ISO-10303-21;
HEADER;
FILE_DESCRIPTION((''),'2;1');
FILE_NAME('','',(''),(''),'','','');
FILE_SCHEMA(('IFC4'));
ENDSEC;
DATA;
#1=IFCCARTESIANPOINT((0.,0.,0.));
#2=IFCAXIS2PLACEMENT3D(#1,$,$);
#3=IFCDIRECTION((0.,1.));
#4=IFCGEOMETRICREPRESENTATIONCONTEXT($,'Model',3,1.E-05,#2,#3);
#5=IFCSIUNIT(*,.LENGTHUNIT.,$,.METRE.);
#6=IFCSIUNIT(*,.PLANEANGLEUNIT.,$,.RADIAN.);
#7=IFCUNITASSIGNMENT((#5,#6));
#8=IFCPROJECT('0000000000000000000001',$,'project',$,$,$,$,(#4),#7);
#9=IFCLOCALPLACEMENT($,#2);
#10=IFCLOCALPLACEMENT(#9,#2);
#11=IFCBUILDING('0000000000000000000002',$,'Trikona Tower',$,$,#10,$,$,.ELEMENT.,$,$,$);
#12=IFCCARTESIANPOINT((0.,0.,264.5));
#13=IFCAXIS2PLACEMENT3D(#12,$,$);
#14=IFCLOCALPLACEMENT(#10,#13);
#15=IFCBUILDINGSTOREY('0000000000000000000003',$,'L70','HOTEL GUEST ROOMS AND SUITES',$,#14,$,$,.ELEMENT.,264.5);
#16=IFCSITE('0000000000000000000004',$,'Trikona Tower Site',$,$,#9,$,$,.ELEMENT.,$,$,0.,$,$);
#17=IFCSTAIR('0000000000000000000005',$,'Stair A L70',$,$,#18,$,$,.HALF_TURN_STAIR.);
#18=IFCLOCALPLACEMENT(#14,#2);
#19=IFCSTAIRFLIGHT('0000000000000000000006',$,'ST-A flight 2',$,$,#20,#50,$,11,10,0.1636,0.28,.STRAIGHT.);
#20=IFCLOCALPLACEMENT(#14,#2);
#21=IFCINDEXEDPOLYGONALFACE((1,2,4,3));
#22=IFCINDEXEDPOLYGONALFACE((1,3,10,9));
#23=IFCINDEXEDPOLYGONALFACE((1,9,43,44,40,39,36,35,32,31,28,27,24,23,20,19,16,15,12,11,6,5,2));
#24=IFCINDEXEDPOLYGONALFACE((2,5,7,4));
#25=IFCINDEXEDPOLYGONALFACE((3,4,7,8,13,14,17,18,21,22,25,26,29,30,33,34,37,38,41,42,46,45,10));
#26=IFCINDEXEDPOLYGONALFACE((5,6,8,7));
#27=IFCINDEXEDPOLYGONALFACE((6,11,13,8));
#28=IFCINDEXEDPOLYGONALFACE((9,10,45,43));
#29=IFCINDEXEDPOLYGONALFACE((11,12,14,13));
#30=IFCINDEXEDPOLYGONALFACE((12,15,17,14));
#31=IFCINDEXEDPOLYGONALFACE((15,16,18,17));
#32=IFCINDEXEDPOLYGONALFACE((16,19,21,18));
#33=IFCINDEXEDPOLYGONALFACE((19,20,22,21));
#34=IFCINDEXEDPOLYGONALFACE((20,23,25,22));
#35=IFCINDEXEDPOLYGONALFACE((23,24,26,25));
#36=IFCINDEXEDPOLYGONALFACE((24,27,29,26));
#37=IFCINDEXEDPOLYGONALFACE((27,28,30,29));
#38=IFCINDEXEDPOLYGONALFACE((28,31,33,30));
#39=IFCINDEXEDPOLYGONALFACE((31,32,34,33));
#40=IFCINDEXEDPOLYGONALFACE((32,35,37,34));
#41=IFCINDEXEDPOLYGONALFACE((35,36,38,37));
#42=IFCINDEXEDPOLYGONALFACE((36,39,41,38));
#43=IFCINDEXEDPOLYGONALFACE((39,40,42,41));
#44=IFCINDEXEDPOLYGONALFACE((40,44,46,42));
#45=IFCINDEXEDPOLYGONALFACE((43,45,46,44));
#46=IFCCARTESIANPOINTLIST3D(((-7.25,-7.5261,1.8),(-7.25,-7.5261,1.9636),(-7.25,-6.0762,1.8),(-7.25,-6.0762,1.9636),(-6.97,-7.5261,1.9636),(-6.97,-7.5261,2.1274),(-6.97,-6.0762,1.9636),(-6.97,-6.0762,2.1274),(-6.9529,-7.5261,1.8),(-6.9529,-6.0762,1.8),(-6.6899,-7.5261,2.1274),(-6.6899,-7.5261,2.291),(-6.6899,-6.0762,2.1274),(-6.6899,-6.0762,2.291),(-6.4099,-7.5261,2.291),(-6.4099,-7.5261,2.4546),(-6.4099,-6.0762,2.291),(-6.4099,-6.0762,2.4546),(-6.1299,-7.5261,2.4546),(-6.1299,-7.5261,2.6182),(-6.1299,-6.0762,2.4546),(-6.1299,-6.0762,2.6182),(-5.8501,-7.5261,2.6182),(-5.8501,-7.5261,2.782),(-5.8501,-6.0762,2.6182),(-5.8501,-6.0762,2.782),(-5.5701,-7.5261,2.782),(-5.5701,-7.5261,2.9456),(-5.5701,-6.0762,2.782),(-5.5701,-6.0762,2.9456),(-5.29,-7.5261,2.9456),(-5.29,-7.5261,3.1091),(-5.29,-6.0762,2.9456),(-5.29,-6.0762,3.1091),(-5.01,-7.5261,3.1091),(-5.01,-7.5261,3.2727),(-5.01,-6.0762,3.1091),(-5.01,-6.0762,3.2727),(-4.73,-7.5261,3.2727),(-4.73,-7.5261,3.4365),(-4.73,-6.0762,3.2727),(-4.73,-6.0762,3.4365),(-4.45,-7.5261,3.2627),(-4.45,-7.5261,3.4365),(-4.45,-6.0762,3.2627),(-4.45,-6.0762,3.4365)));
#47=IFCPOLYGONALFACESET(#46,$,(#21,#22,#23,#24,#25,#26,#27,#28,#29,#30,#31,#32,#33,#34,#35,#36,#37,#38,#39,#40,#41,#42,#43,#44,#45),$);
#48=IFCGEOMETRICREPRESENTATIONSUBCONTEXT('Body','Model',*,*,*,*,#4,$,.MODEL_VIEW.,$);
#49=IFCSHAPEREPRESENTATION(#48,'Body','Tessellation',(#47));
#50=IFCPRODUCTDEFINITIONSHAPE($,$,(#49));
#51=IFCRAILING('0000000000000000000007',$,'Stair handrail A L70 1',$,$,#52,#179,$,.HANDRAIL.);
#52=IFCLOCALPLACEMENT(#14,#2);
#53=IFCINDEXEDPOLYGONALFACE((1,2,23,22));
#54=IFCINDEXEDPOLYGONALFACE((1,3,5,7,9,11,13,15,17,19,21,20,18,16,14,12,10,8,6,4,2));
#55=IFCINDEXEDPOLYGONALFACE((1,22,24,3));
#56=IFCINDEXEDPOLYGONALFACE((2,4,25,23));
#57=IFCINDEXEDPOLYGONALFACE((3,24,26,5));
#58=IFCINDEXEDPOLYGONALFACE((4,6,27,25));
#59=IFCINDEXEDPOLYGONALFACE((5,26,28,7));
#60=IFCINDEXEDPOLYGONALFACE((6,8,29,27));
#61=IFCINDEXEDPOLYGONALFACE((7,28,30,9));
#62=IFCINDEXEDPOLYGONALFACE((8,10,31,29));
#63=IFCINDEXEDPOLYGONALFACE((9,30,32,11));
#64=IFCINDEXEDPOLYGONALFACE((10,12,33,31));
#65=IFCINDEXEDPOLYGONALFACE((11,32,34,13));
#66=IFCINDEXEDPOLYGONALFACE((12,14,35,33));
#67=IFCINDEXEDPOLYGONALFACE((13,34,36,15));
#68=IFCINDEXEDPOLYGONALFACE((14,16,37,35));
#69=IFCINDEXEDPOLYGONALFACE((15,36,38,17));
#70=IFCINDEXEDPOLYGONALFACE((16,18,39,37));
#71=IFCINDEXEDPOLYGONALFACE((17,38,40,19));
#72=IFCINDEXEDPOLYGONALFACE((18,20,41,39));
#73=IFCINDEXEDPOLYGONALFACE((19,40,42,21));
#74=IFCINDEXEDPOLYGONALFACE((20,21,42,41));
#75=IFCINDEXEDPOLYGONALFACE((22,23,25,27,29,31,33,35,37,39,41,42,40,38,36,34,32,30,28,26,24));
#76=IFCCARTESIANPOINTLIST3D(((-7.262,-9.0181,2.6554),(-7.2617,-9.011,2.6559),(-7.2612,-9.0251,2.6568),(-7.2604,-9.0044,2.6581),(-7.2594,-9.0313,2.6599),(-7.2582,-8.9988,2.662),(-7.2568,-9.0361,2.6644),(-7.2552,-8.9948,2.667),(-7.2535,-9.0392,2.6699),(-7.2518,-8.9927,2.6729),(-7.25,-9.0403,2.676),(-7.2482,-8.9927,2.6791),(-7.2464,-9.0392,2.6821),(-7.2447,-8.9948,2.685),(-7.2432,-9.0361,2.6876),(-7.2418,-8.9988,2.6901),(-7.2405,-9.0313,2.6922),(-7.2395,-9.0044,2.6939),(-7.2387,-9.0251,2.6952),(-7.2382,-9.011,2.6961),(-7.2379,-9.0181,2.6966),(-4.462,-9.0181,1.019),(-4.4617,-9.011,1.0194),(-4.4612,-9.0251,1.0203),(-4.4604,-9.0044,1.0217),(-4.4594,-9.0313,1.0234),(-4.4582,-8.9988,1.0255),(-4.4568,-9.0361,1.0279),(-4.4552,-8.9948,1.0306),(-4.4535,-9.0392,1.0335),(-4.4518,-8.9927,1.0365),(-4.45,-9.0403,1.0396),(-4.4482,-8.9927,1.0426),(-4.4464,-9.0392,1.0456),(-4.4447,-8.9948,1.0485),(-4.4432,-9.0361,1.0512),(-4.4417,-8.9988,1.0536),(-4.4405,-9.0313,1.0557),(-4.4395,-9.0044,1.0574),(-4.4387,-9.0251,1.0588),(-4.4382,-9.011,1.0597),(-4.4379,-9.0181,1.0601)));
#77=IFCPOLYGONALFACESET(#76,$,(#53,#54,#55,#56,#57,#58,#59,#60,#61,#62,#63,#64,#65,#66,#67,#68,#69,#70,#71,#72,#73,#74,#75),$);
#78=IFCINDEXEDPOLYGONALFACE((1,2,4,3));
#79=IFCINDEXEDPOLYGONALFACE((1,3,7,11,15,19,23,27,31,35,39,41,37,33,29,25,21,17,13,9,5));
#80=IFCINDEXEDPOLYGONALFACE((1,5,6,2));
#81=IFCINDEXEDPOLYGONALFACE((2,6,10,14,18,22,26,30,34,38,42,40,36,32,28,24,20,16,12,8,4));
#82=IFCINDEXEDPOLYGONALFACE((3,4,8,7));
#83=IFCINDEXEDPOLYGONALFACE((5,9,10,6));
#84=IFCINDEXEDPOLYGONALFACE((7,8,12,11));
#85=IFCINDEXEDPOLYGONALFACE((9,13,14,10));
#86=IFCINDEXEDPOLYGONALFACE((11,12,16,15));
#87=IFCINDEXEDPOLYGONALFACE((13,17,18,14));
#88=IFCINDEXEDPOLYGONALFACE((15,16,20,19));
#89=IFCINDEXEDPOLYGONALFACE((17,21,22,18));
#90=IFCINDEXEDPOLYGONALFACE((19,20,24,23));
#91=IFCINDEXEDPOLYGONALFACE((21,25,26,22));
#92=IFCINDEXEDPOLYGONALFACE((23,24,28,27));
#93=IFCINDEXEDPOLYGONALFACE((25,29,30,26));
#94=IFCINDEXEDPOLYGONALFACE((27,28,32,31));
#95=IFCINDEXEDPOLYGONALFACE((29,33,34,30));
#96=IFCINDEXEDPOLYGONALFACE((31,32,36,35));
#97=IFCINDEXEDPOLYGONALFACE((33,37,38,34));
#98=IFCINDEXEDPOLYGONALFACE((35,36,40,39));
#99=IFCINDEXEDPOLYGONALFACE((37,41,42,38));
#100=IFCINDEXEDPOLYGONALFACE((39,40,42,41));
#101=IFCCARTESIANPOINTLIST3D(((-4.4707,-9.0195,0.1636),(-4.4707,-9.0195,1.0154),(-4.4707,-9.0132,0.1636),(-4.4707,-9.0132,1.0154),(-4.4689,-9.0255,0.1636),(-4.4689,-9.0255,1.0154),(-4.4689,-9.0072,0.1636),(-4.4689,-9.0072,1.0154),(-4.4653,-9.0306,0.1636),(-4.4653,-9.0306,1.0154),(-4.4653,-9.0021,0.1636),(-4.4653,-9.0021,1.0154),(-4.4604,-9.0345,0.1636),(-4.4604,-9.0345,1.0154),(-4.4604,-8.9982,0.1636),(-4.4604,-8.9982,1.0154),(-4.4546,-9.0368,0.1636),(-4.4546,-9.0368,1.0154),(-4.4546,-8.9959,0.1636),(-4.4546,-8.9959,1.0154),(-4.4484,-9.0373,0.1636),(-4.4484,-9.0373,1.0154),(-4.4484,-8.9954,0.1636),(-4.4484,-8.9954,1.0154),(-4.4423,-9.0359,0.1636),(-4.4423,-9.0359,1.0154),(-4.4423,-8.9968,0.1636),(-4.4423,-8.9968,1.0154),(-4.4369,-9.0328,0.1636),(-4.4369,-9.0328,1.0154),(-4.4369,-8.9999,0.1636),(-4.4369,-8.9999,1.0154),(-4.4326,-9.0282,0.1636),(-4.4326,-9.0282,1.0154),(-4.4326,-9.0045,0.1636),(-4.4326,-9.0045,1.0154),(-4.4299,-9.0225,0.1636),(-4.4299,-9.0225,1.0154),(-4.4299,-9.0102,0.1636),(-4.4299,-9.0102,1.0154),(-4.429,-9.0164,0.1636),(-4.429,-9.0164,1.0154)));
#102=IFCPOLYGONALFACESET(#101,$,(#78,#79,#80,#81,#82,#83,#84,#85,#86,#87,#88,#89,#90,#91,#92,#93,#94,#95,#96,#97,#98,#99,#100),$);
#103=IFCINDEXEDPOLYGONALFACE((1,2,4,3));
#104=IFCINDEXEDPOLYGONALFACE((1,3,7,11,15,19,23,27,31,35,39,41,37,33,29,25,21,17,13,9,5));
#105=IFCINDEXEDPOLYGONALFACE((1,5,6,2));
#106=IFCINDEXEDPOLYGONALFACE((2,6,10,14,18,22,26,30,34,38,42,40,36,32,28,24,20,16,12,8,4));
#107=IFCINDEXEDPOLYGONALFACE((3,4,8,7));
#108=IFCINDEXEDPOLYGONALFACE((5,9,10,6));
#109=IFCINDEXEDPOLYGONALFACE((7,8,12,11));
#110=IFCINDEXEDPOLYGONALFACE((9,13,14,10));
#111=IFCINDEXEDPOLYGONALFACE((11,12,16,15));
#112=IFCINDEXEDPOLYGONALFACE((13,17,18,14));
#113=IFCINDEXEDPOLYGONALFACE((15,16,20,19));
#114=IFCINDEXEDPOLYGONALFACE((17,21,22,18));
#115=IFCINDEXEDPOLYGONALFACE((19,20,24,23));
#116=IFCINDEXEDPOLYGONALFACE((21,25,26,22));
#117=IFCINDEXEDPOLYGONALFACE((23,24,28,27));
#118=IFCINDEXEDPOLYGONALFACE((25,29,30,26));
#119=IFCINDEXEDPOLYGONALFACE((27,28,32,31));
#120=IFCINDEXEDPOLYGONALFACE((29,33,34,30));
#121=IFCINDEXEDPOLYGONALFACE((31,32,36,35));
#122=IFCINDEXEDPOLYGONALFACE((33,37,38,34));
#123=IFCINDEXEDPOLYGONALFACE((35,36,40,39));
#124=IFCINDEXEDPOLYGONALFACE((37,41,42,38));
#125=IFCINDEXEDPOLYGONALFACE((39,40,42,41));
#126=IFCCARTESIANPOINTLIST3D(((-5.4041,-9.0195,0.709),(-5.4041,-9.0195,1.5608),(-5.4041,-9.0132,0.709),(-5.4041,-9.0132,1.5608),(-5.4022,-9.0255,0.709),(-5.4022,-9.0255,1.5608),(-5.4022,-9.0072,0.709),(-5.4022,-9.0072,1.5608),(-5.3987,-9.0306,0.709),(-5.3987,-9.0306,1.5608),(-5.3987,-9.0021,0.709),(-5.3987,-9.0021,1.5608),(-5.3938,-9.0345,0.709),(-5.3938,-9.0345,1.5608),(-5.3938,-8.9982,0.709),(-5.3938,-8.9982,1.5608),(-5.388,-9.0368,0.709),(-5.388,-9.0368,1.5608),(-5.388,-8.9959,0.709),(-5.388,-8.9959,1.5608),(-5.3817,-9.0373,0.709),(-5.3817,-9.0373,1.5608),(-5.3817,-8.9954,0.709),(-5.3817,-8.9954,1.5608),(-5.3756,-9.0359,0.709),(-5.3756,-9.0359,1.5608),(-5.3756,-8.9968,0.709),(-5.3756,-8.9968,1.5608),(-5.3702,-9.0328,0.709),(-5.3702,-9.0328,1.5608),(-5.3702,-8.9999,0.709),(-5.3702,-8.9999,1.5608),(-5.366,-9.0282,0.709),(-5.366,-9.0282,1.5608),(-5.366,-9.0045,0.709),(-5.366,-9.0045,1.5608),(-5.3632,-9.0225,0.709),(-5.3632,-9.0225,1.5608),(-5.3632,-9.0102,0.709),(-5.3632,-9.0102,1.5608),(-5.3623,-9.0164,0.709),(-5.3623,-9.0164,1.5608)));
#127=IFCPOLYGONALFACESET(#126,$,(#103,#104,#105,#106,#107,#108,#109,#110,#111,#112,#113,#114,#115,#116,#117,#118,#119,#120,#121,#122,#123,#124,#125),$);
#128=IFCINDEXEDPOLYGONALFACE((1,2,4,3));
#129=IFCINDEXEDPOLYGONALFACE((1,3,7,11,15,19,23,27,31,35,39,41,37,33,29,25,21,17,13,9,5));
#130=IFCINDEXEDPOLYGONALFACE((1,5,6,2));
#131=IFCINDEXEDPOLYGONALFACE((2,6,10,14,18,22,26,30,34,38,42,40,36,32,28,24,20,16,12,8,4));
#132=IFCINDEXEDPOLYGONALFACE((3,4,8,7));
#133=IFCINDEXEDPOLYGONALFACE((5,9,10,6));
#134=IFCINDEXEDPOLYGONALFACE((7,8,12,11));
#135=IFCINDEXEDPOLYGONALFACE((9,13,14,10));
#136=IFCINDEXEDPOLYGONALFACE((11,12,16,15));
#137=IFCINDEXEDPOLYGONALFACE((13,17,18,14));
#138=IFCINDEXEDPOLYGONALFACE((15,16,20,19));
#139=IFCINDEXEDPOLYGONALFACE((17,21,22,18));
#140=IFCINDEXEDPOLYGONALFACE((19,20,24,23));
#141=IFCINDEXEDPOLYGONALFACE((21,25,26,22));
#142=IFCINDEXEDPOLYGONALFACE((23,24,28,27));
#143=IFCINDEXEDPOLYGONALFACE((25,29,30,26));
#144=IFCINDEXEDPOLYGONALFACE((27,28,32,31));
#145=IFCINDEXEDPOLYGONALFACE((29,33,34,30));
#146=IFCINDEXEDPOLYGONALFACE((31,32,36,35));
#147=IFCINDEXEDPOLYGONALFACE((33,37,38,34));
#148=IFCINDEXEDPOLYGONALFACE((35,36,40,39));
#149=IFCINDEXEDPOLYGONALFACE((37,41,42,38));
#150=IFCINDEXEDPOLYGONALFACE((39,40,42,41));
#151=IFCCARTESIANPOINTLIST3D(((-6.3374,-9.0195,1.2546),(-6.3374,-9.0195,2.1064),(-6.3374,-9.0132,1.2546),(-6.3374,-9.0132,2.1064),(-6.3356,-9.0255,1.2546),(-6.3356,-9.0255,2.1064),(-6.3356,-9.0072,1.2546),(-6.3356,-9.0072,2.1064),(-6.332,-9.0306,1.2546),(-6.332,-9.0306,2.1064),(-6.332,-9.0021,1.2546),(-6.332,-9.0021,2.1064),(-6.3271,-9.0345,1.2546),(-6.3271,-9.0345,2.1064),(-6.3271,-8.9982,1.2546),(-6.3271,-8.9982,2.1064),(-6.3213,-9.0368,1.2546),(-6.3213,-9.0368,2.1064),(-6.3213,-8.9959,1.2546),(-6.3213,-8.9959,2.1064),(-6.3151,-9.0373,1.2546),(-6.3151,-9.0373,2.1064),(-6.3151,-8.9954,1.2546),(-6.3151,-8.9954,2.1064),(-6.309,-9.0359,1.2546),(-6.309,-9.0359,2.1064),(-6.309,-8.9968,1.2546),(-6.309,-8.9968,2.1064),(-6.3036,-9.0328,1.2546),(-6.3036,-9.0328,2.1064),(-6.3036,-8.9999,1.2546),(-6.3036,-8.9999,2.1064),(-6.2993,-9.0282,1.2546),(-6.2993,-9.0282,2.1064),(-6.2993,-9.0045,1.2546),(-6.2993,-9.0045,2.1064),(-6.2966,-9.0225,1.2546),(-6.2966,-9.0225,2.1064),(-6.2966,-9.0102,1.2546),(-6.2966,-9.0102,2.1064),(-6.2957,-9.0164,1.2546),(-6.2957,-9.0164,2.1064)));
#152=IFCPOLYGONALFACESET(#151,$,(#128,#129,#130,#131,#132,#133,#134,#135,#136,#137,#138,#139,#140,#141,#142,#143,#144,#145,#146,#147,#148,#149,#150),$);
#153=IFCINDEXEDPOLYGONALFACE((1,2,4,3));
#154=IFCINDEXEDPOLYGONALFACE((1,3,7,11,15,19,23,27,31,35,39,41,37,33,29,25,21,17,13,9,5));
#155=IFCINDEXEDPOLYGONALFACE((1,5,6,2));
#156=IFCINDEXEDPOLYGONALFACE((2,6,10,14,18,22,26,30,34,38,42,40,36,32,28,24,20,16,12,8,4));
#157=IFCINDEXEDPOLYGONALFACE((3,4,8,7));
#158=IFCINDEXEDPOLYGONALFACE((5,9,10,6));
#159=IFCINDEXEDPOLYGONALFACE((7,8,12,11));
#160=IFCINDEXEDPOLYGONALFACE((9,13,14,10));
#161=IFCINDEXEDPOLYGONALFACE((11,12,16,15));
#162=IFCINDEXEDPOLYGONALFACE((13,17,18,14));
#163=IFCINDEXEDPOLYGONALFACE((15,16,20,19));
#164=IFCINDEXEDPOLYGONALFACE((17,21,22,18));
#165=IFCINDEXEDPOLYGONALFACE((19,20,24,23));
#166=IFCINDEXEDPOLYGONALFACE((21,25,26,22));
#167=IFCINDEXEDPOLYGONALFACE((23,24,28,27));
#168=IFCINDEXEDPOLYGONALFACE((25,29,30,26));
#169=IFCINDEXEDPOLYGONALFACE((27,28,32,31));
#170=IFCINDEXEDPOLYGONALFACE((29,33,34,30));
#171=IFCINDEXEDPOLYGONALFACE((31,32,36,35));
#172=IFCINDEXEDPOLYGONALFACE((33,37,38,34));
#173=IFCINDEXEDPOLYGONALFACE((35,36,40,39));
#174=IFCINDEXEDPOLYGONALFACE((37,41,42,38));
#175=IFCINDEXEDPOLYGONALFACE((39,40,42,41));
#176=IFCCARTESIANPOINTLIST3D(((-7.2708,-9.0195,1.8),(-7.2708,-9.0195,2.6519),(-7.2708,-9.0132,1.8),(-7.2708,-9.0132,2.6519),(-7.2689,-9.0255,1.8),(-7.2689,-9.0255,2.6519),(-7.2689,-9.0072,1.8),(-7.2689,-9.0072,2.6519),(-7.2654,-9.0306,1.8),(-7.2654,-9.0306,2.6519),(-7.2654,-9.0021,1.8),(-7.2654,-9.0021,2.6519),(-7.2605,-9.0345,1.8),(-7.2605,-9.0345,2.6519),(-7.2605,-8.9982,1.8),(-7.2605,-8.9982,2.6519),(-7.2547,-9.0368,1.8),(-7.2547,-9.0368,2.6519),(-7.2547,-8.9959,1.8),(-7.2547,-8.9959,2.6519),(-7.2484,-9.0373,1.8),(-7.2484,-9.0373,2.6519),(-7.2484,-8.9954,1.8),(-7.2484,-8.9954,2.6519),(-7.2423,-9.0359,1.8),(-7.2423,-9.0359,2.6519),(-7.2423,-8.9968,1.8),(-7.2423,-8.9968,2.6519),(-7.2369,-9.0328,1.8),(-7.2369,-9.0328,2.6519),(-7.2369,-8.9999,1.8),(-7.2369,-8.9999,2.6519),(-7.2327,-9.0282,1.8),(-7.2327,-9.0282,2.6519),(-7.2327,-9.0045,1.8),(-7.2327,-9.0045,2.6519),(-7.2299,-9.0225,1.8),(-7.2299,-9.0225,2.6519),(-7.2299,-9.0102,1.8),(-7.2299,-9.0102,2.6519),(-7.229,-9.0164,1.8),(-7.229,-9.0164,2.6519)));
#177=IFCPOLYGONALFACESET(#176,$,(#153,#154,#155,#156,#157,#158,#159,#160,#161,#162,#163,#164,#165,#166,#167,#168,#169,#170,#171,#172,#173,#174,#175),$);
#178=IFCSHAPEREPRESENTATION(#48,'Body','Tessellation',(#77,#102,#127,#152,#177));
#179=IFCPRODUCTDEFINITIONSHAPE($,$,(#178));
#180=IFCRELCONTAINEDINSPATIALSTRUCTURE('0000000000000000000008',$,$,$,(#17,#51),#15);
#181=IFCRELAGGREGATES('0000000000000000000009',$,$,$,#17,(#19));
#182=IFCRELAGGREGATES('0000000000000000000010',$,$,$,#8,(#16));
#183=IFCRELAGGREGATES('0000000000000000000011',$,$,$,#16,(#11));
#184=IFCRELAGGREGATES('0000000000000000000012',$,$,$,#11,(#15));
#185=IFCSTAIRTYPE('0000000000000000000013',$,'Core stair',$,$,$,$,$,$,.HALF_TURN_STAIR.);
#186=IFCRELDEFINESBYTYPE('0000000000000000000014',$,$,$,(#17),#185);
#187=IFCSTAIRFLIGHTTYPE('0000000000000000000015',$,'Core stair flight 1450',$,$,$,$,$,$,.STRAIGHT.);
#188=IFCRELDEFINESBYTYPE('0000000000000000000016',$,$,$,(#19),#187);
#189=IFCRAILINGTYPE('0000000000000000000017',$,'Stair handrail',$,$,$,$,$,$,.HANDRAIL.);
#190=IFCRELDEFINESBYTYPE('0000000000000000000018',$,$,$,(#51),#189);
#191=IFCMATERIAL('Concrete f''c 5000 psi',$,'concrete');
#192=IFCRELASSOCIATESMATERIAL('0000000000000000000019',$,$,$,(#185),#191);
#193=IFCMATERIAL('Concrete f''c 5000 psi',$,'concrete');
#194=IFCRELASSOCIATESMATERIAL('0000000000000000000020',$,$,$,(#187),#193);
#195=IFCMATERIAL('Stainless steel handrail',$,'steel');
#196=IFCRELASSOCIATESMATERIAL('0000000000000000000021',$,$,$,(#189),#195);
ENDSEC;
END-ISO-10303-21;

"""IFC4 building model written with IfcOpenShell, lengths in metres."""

from ifc_helpers import new_model, si_unit, direction, frame, origin, origin_2d, place, context, subcontext, project, spatial, polyline, circle, outline, extrude, material, type_object, element, aggregate, save


model = new_model("IFC4")

# Units and contexts
model_context = context("Model", 3, precision=1e-05, world=origin(), true_north=direction((0.0, 1.0)))
body_context = subcontext(model_context, "Body", "Model", "MODEL_VIEW")
ifc_project = project(units=[si_unit("LENGTHUNIT", "METRE"), si_unit("PLANEANGLEUNIT", "RADIAN")], contexts=[model_context])

# Site, building, storey
site_placement = place(None, origin())
site = spatial("IfcSite", under=ifc_project, at=site_placement, Name="Trikona Tower Site", CompositionType="ELEMENT", RefElevation=0.0)
building_placement = place(site_placement, origin())
building = spatial("IfcBuilding", under=site, at=building_placement, Name="Trikona Tower", CompositionType="ELEMENT")
storey_placement = place(building_placement, frame((0.0, 0.0, 264.5)))
storey = spatial("IfcBuildingStorey", under=building, at=storey_placement, Name="L70", Description="HOTEL GUEST ROOMS AND SUITES", CompositionType="ELEMENT", Elevation=264.5)

# Stair, stair flight
ifc_material_1 = material(Name="Concrete f'c 5000 psi", Category="concrete")
stair_type = type_object("IfcStairType", Name="Core stair", PredefinedType="HALF_TURN_STAIR", material=ifc_material_1)
stair_placement = place(storey_placement, origin())
stair = element("IfcStair", 1, at=stair_placement, inside=storey, type_object=stair_type, Name="Stair A L70", PredefinedType="HALF_TURN_STAIR")
ifc_material_2 = material(Name="Concrete f'c 5000 psi", Category="concrete")
stair_flight_type = type_object("IfcStairFlightType", Name="Core stair flight 1450", PredefinedType="STRAIGHT", material=ifc_material_2)
stair_flight_1_placement = place(storey_placement, frame((-7.25, -6.8013, 1.8), z_axis=(0.0, 0.0, 1.0), x_axis=(1.0, 0.0, 0.0)))
stair_flight_1 = element("IfcStairFlight", 2, at=stair_flight_1_placement, type_object=stair_flight_type, Name="ST-A flight 2", NumberOfRisers=11, NumberOfTreads=10, PredefinedType="STRAIGHT", RiserHeight=0.1636, TreadLength=0.28, context=body_context, shape_type="SweptSolid", body=[
    extrude(outline(polyline([(0.0, 0.0), (0.0, 0.1636), (0.28, 0.1636), (0.28, 0.3274), (0.5601, 0.3274), (0.5601, 0.491), (0.8401, 0.491), (0.8401, 0.6545), (1.1201, 0.6545), (1.1201, 0.8181), (1.3999, 0.8181), (1.3999, 0.9819), (1.6799, 0.9819), (1.6799, 1.1455), (1.96, 1.1455), (1.96, 1.3091), (2.24, 1.3091), (2.24, 1.4727), (2.52, 1.4727), (2.52, 1.6365), (2.8, 1.6365), (2.8, 1.8), (2.8, 1.4626), (0.2971, 0.0), (0.0, 0.0)])), frame((0.0, 0.7251, 0.0), z_axis=(0.0, -1.0, 0.0), x_axis=(1.0, 0.0, 0.0)), (0.0, 0.0, 1.0), 1.45),
])
aggregate(stair, [stair_flight_1])

# Railing
ifc_material_3 = material(Name="Stainless steel handrail", Category="steel")
railing_type = type_object("IfcRailingType", Name="Stair handrail", PredefinedType="HANDRAIL", material=ifc_material_3)
railing_1_placement = place(storey_placement, frame((-4.45, -9.0164, 0.1636)))
element("IfcRailing", 3, at=railing_1_placement, inside=storey, type_object=railing_type, Name="Stair handrail A L70 1", PredefinedType="HANDRAIL", context=body_context, shape_type="SweptSolid", body=[
    extrude(circle(Radius=0.0239, at=origin_2d()), frame((0.0, 0.0, 0.876), z_axis=(-0.863361, 0.0, 0.504587), x_axis=(0.0, -1.0, 0.0)), (0.0, 0.0, 1.0), 3.2432),
    extrude(circle(Radius=0.021, at=origin_2d()), origin(), (0.0, 0.0, 1.0), 0.8518),
    extrude(circle(Radius=0.021, at=origin_2d()), frame((-0.9333, 0.0, 0.5454)), (0.0, 0.0, 1.0), 0.8518),
    extrude(circle(Radius=0.021, at=origin_2d()), frame((-1.8667, 0.0, 1.0911)), (0.0, 0.0, 1.0), 0.8518),
    extrude(circle(Radius=0.021, at=origin_2d()), frame((-2.8, 0.0, 1.6365)), (0.0, 0.0, 1.0), 0.8518),
])

save(model, "model.ifc")
